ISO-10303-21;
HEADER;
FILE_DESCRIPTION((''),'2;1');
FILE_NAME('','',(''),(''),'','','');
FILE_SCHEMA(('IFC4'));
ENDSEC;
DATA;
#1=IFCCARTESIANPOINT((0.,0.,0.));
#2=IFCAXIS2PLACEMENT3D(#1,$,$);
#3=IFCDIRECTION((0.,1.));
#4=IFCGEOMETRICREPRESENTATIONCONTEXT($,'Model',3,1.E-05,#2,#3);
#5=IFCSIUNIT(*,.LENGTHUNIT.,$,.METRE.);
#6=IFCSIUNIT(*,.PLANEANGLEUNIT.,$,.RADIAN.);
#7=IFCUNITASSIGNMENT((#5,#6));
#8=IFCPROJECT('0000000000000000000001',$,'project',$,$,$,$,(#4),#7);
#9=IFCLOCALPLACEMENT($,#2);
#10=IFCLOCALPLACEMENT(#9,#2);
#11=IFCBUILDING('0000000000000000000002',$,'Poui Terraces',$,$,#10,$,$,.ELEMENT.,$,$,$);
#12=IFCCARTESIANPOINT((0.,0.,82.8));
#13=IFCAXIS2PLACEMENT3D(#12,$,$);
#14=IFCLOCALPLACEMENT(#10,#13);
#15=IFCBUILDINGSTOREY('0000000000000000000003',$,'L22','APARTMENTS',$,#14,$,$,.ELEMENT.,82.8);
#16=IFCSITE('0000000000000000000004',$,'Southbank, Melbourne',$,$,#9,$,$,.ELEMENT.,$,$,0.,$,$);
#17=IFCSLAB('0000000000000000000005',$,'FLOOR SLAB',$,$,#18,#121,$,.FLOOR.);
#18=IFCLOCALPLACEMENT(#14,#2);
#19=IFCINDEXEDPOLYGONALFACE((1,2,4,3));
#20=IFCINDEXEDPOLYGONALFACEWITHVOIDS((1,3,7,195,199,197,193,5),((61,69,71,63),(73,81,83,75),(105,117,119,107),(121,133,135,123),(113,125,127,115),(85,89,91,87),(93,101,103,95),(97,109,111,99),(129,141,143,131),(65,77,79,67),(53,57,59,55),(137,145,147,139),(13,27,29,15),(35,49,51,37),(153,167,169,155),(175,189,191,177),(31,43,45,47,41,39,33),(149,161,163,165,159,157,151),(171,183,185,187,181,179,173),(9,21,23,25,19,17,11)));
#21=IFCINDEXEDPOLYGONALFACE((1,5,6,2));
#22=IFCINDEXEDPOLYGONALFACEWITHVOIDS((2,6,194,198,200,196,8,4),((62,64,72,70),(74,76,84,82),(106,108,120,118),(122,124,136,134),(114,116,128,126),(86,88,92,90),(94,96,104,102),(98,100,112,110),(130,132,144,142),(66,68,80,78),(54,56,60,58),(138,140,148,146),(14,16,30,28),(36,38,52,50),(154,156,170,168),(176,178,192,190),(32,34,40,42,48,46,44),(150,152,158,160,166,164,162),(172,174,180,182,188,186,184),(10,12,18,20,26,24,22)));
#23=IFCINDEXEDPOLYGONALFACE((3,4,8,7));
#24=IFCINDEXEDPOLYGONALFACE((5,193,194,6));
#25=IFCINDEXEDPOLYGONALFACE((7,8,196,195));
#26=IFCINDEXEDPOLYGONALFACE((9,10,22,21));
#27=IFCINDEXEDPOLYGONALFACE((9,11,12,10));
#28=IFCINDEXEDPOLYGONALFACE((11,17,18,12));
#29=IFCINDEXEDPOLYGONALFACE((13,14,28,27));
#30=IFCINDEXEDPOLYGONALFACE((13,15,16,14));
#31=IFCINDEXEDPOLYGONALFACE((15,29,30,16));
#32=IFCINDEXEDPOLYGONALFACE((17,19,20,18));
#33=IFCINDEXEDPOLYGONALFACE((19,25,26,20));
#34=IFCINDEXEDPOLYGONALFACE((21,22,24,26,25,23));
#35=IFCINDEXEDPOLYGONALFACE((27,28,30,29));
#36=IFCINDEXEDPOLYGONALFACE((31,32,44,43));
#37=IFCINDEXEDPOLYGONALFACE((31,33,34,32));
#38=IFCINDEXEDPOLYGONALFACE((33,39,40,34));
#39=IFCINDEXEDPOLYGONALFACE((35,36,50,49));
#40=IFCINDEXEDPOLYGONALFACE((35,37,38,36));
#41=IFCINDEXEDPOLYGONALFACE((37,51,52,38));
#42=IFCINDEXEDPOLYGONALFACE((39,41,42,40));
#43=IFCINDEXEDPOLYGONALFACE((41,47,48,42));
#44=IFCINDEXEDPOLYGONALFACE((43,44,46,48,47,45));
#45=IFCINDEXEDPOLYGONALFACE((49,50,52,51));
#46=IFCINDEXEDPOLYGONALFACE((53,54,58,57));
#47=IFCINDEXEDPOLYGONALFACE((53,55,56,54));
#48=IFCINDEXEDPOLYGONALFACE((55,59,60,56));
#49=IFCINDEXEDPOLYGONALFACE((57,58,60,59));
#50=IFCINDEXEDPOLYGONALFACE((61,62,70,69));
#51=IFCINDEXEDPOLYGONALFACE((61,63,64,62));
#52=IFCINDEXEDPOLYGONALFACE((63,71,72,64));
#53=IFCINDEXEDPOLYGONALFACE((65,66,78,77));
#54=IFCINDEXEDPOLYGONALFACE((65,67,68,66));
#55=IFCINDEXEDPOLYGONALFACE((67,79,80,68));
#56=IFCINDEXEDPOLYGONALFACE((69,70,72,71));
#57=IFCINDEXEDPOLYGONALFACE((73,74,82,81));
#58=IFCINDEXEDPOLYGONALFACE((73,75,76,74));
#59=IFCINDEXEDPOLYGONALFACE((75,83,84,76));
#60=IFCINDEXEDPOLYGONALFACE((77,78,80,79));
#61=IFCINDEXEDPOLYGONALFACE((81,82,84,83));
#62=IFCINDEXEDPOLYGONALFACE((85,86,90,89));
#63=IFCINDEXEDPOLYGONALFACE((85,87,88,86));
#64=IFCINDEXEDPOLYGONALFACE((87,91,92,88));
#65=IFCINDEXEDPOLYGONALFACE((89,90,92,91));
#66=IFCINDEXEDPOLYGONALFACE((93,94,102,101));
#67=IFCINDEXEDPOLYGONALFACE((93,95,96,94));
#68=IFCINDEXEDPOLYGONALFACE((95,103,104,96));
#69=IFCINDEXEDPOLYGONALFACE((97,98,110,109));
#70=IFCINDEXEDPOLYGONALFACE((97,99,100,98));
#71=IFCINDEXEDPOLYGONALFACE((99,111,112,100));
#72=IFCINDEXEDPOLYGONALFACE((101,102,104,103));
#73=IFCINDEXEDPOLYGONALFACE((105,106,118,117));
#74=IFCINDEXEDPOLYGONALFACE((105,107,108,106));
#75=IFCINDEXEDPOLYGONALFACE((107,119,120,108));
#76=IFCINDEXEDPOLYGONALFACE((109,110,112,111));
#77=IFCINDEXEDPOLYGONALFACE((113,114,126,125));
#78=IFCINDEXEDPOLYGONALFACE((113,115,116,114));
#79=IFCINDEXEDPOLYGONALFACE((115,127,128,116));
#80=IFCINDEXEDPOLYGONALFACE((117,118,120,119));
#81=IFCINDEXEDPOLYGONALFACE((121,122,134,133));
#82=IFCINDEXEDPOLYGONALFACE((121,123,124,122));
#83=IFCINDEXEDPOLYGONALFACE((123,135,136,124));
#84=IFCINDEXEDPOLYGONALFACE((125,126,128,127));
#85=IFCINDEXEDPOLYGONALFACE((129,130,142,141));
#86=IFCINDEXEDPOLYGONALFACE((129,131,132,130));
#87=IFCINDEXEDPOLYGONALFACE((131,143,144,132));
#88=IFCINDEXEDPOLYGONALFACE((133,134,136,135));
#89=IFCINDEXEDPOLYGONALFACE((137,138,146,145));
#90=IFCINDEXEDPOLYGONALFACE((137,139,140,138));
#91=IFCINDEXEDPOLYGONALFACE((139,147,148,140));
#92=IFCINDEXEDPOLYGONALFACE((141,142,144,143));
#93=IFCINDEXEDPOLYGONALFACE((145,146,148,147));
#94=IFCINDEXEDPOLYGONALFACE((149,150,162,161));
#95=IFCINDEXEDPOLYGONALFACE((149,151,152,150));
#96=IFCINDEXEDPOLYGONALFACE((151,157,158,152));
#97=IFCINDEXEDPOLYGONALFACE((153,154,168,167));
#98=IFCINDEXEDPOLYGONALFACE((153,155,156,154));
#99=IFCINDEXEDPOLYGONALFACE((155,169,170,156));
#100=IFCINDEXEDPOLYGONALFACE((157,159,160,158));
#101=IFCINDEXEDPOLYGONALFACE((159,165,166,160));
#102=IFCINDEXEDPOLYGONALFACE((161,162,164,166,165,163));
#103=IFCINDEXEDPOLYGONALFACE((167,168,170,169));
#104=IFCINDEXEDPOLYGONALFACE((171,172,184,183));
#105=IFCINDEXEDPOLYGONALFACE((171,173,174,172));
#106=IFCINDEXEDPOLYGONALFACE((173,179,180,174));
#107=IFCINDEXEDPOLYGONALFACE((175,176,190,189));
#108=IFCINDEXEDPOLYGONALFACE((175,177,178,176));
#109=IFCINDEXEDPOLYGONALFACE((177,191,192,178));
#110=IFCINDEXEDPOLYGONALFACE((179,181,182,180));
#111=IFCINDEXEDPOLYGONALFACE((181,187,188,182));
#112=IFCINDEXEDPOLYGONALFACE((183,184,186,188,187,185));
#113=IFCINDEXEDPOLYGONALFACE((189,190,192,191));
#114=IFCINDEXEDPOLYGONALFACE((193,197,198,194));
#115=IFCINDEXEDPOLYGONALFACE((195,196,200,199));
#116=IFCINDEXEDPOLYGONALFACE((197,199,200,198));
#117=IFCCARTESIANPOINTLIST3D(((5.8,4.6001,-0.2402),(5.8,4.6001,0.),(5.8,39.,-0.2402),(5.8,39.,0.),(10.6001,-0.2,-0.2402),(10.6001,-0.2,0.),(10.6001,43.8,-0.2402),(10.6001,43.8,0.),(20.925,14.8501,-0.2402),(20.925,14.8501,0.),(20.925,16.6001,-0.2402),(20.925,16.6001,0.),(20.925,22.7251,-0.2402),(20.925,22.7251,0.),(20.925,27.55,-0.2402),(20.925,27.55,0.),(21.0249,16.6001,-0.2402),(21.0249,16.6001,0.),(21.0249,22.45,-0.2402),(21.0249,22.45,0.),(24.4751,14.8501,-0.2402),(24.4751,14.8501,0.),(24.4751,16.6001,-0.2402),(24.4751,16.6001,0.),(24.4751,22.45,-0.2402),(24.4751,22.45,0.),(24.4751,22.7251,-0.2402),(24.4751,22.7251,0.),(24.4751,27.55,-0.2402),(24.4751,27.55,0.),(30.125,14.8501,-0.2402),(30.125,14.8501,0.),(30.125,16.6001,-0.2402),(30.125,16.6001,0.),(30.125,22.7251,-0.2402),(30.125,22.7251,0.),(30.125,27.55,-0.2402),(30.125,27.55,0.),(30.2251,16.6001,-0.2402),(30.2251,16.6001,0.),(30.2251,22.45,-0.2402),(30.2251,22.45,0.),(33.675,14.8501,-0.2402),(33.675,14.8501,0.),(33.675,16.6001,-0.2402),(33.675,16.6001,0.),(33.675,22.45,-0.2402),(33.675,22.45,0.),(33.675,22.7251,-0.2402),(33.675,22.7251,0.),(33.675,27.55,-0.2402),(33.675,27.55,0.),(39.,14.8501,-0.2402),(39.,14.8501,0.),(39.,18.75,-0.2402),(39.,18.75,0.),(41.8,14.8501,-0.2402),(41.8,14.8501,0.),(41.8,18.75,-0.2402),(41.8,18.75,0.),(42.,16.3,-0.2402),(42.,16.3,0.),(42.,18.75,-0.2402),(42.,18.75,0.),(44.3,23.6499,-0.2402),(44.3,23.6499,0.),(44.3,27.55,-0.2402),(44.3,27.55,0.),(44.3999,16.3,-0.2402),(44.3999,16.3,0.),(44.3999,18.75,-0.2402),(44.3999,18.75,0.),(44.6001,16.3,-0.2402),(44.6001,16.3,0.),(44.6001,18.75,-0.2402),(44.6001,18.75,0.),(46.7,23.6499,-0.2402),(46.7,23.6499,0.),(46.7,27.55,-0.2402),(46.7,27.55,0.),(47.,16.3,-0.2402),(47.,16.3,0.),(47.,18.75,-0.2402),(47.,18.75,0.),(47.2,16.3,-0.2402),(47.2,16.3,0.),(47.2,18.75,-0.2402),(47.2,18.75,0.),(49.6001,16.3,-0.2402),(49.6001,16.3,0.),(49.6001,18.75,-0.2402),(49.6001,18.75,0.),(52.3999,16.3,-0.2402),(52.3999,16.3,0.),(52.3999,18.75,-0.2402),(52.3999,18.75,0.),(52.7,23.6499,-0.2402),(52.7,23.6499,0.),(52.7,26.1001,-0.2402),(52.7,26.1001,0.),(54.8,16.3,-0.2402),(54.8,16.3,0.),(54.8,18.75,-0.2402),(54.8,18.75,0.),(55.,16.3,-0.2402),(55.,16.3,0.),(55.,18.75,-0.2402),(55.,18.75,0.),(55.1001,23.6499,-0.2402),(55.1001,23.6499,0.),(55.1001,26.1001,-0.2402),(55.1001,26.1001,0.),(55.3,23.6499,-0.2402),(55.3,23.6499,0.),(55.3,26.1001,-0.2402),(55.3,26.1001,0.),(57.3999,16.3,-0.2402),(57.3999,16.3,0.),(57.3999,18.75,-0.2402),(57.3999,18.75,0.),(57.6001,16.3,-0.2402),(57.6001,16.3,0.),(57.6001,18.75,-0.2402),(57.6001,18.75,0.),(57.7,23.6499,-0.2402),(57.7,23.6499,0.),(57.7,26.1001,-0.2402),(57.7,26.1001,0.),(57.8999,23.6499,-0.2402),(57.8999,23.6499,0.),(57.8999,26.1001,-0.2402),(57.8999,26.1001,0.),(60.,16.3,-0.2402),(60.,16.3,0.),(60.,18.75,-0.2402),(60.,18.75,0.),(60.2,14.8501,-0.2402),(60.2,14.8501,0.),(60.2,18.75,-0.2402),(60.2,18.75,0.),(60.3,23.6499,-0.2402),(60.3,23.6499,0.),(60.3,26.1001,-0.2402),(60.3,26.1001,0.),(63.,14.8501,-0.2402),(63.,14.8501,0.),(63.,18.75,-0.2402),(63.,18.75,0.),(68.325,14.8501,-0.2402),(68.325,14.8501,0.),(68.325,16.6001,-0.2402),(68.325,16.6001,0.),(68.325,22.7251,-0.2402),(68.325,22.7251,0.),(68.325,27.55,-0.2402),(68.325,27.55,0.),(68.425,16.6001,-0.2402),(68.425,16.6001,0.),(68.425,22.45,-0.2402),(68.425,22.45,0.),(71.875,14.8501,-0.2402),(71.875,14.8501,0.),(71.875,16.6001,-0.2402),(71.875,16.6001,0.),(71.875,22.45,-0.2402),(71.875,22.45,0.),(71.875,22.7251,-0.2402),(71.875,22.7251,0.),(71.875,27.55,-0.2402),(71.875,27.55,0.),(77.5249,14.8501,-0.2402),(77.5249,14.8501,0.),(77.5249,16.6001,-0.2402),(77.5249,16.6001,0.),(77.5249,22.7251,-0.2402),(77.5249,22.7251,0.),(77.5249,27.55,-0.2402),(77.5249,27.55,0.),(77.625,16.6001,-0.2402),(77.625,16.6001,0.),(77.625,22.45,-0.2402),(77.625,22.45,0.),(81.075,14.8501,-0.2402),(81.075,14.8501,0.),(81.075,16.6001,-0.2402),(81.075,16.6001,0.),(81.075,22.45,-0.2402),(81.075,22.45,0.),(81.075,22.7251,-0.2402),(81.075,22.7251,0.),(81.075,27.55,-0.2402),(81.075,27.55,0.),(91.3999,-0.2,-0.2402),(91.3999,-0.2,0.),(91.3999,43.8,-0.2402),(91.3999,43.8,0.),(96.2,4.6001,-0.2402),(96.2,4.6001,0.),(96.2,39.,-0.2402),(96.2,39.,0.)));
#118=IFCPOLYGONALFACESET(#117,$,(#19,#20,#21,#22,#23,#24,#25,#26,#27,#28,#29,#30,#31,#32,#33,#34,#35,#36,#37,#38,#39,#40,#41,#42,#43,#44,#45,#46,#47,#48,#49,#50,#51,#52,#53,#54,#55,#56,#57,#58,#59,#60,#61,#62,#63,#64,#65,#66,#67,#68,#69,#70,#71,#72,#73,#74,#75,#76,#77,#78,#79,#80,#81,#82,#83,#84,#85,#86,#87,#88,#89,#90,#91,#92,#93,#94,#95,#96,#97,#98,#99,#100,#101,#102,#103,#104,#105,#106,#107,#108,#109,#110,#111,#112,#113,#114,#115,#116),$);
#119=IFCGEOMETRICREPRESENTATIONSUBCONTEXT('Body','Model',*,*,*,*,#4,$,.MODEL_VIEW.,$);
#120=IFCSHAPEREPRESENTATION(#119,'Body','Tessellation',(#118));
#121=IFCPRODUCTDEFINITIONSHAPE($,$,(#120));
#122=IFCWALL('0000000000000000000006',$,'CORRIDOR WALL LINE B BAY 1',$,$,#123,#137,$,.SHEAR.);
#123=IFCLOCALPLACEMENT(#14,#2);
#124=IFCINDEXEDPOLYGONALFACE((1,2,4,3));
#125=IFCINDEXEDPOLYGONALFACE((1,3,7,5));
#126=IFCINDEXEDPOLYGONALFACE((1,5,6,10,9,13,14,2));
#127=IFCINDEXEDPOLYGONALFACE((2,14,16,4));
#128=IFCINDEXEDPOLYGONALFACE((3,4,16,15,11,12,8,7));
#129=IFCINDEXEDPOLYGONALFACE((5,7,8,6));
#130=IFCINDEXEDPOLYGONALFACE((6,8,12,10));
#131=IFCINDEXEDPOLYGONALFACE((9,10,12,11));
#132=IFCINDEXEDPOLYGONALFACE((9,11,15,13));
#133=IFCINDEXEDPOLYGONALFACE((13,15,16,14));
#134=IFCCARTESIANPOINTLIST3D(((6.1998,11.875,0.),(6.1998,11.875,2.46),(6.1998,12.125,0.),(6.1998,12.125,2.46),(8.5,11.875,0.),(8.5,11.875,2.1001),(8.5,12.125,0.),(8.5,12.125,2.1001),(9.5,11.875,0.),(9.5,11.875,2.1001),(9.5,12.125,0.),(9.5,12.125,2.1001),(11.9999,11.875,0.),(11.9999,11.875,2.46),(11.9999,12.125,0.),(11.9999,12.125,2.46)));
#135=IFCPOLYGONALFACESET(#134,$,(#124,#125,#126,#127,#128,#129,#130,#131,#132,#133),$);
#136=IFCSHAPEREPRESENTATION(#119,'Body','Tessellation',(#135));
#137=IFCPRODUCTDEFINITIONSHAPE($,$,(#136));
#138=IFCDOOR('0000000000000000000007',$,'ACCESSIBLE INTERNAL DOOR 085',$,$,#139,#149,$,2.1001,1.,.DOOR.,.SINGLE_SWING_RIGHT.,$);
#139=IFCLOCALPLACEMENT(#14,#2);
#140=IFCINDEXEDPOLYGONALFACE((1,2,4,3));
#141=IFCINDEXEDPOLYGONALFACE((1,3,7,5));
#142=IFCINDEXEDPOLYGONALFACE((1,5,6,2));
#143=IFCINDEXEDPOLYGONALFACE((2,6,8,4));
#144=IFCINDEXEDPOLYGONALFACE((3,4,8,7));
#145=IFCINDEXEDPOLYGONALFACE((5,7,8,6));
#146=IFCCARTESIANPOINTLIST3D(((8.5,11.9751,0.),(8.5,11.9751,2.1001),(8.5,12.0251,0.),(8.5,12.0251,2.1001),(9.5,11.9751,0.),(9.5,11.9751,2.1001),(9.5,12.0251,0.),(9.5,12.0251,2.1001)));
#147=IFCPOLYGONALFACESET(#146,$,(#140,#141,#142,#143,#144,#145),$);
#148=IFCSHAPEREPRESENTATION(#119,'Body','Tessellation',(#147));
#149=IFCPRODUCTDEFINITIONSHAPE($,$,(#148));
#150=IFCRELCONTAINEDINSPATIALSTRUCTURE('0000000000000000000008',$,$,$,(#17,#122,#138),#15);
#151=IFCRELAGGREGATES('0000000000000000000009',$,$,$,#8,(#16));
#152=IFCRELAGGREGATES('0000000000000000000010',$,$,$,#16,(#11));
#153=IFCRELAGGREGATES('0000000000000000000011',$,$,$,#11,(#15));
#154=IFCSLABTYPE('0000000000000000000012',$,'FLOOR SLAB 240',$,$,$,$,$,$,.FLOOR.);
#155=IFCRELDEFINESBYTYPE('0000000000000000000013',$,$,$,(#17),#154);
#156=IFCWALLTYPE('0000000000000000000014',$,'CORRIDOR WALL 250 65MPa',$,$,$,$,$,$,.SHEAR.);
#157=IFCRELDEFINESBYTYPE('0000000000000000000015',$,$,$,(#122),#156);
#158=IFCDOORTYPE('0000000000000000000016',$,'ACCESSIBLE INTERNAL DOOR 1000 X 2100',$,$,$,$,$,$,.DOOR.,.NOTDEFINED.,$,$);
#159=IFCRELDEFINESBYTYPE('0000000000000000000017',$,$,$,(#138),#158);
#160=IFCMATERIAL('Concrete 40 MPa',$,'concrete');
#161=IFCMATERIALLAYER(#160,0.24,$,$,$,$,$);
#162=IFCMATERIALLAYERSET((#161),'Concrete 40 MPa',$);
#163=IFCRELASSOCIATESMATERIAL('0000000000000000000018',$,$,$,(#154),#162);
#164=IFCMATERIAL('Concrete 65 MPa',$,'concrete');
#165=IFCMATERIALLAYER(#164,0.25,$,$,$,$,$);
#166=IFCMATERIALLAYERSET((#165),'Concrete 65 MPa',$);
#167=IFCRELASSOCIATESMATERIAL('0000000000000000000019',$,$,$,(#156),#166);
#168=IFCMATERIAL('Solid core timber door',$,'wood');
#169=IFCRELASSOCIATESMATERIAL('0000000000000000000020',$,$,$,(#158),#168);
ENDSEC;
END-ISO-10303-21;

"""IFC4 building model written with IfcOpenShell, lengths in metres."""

from ifc_helpers import new_model, si_unit, direction, frame, frame_2d, origin, place, context, subcontext, project, spatial, polyline, rectangle, outline, extrude, source, transform, mapped, material, layer, layer_set, type_object, element, fill, save


model = new_model("IFC4")

# Units and contexts
model_context = context("Model", 3, precision=1e-05, world=origin(), true_north=direction((0.0, 1.0)))
body_context = subcontext(model_context, "Body", "Model", "MODEL_VIEW")
ifc_project = project(units=[si_unit("LENGTHUNIT", "METRE"), si_unit("PLANEANGLEUNIT", "RADIAN")], contexts=[model_context])

# Site, building, storey
site_placement = place(None, origin())
site = spatial("IfcSite", under=ifc_project, at=site_placement, Name="Southbank, Melbourne", CompositionType="ELEMENT", RefElevation=0.0)
building_placement = place(site_placement, origin())
building = spatial("IfcBuilding", under=site, at=building_placement, Name="Poui Terraces", CompositionType="ELEMENT")
storey_placement = place(building_placement, frame((0.0, 0.0, 82.8)))
storey = spatial("IfcBuildingStorey", under=building, at=storey_placement, Name="L22", Description="APARTMENTS", CompositionType="ELEMENT", Elevation=82.8)

# Slab
ifc_material_1 = material(Name="Concrete 40 MPa", Category="concrete")
ifc_layer_1 = layer(ifc_material_1, 0.24)
ifc_layer_set_1 = layer_set([ifc_layer_1], Name="Concrete 40 MPa")
slab_type = type_object("IfcSlabType", Name="FLOOR SLAB 240", PredefinedType="FLOOR", material=ifc_layer_set_1)
shared_shape = source(origin(), body_context, "Body", "SweptSolid", [
    extrude(outline(polyline([(0.0, 0.0), (4.8, -4.8), (85.5999, -4.8), (90.3999, 0.0), (90.3999, 34.3999), (85.5999, 39.2), (4.8, 39.2), (0.0, 34.3999), (0.0, 0.0)]), holes=[polyline([(33.2, 10.25), (33.2, 14.1499), (36.0, 14.1499), (36.0, 10.25), (33.2, 10.25)]), polyline([(36.2, 11.7), (36.2, 14.1499), (38.5999, 14.1499), (38.5999, 11.7), (36.2, 11.7)]), polyline([(38.8, 11.7), (38.8, 14.1499), (41.2, 14.1499), (41.2, 11.7), (38.8, 11.7)]), polyline([(41.3999, 14.1499), (43.8, 14.1499), (43.8, 11.7), (41.3999, 11.7), (41.3999, 14.1499)]), polyline([(46.5999, 14.1499), (49.0, 14.1499), (49.0, 11.7), (46.5999, 11.7), (46.5999, 14.1499)]), polyline([(15.2249, 17.8499), (18.675, 17.8499), (18.675, 12.0), (18.675, 10.25), (15.125, 10.25), (15.125, 12.0), (15.2249, 12.0), (15.2249, 17.8499)]), polyline([(24.425, 17.8499), (27.875, 17.8499), (27.875, 12.0), (27.875, 10.25), (24.325, 10.25), (24.325, 12.0), (24.425, 12.0), (24.425, 17.8499)]), polyline([(15.125, 18.125), (15.125, 22.95), (18.675, 22.95), (18.675, 18.125), (15.125, 18.125)]), polyline([(24.325, 22.95), (27.875, 22.95), (27.875, 18.125), (24.325, 18.125), (24.325, 22.95)]), polyline([(38.5, 22.95), (40.8999, 22.95), (40.8999, 19.0498), (38.5, 19.0498), (38.5, 22.95)]), polyline([(54.3999, 10.25), (54.3999, 14.1499), (57.2, 14.1499), (57.2, 10.25), (54.3999, 10.25)]), polyline([(49.2, 11.7), (49.2, 14.1499), (51.5999, 14.1499), (51.5999, 11.7), (49.2, 11.7)]), polyline([(51.8, 11.7), (51.8, 14.1499), (54.2, 14.1499), (54.2, 11.7), (51.8, 11.7)]), polyline([(66.075, 17.8499), (66.075, 12.0), (66.075, 10.25), (62.5249, 10.25), (62.5249, 12.0), (62.625, 12.0), (62.625, 17.8499), (66.075, 17.8499)]), polyline([(75.2749, 17.8499), (75.2749, 12.0), (75.2749, 10.25), (71.7249, 10.25), (71.7249, 12.0), (71.825, 12.0), (71.825, 17.8499), (75.2749, 17.8499)]), polyline([(46.8999, 19.0498), (46.8999, 21.5), (49.3, 21.5), (49.3, 19.0498), (46.8999, 19.0498)]), polyline([(49.5, 19.0498), (49.5, 21.5), (51.8999, 21.5), (51.8999, 19.0498), (49.5, 19.0498)]), polyline([(52.0999, 19.0498), (52.0999, 21.5), (54.5, 21.5), (54.5, 19.0498), (52.0999, 19.0498)]), polyline([(62.5249, 22.95), (66.075, 22.95), (66.075, 18.125), (62.5249, 18.125), (62.5249, 22.95)]), polyline([(71.7249, 22.95), (75.2749, 22.95), (75.2749, 18.125), (71.7249, 18.125), (71.7249, 22.95)])]), origin(), (0.0, 0.0, 1.0), 0.2402),
])
slab_placement = place(storey_placement, frame((5.8, 4.6001, -0.2402)))
element("IfcSlab", 1, at=slab_placement, inside=storey, type_object=slab_type, Name="FLOOR SLAB", PredefinedType="FLOOR", context=body_context, shape_type="MappedRepresentation", body=[
    mapped(shared_shape, transform((0.0, 0.0, 0.0))),
])

# Wall, opening, door
ifc_material_2 = material(Name="Concrete 65 MPa", Category="concrete")
ifc_layer_2 = layer(ifc_material_2, 0.25)
ifc_layer_set_2 = layer_set([ifc_layer_2], Name="Concrete 65 MPa")
wall_type_1 = type_object("IfcWallType", Name="CORRIDOR WALL 250 65MPa", PredefinedType="SHEAR", material=ifc_layer_set_2)
wall_1_placement = place(storey_placement, frame((6.2, 12.0, 0.0), z_axis=(0.0, 0.0, 1.0), x_axis=(1.0, 0.0, 0.0)))
wall_1 = element("IfcWall", 2, at=wall_1_placement, inside=storey, type_object=wall_type_1, Name="CORRIDOR WALL LINE B BAY 1", PredefinedType="SHEAR", context=body_context, shape_type="SweptSolid", body=[
    extrude(rectangle(XDim=5.8, YDim=0.25, at=frame_2d((2.8999, 0.0))), origin(), (0.0, 0.0, 1.0), 2.46),
])
opening_1_placement = place(wall_1_placement, frame((2.3, 0.0, 0.0)))
opening_1 = element("IfcOpeningElement", 3, at=opening_1_placement, cuts=wall_1, PredefinedType="OPENING", context=body_context, shape_type="SweptSolid", body=[
    extrude(rectangle(XDim=1.0, YDim=2.1001, at=frame_2d((0.5, 1.05))), frame((0.0, 0.135, 0.0), z_axis=(0.0, -1.0, 0.0), x_axis=(1.0, 0.0, 0.0)), (0.0, 0.0, 1.0), 0.27),
])
ifc_material_3 = material(Name="Solid core timber door", Category="wood")
door_type = type_object("IfcDoorType", Name="ACCESSIBLE INTERNAL DOOR 1000 X 2100", OperationType="NOTDEFINED", PredefinedType="DOOR", material=ifc_material_3)
door_placement = place(opening_1_placement, frame((1.0, 0.0, 0.0), z_axis=(0.0, 0.0, 1.0), x_axis=(-1.0, 0.0, 0.0)))
door = element("IfcDoor", 4, at=door_placement, inside=storey, type_object=door_type, Name="ACCESSIBLE INTERNAL DOOR 085", OperationType="SINGLE_SWING_RIGHT", OverallHeight=2.1001, OverallWidth=1.0, PredefinedType="DOOR", context=body_context, shape_type="SweptSolid", body=[
    extrude(rectangle(XDim=1.0, YDim=2.1001, at=frame_2d((0.5, 1.05))), frame((0.0, 0.0249, 0.0), z_axis=(0.0, -1.0, 0.0), x_axis=(1.0, 0.0, 0.0)), (0.0, 0.0, 1.0), 0.05),
])
fill(opening_1, door)

save(model, "model.ifc")
